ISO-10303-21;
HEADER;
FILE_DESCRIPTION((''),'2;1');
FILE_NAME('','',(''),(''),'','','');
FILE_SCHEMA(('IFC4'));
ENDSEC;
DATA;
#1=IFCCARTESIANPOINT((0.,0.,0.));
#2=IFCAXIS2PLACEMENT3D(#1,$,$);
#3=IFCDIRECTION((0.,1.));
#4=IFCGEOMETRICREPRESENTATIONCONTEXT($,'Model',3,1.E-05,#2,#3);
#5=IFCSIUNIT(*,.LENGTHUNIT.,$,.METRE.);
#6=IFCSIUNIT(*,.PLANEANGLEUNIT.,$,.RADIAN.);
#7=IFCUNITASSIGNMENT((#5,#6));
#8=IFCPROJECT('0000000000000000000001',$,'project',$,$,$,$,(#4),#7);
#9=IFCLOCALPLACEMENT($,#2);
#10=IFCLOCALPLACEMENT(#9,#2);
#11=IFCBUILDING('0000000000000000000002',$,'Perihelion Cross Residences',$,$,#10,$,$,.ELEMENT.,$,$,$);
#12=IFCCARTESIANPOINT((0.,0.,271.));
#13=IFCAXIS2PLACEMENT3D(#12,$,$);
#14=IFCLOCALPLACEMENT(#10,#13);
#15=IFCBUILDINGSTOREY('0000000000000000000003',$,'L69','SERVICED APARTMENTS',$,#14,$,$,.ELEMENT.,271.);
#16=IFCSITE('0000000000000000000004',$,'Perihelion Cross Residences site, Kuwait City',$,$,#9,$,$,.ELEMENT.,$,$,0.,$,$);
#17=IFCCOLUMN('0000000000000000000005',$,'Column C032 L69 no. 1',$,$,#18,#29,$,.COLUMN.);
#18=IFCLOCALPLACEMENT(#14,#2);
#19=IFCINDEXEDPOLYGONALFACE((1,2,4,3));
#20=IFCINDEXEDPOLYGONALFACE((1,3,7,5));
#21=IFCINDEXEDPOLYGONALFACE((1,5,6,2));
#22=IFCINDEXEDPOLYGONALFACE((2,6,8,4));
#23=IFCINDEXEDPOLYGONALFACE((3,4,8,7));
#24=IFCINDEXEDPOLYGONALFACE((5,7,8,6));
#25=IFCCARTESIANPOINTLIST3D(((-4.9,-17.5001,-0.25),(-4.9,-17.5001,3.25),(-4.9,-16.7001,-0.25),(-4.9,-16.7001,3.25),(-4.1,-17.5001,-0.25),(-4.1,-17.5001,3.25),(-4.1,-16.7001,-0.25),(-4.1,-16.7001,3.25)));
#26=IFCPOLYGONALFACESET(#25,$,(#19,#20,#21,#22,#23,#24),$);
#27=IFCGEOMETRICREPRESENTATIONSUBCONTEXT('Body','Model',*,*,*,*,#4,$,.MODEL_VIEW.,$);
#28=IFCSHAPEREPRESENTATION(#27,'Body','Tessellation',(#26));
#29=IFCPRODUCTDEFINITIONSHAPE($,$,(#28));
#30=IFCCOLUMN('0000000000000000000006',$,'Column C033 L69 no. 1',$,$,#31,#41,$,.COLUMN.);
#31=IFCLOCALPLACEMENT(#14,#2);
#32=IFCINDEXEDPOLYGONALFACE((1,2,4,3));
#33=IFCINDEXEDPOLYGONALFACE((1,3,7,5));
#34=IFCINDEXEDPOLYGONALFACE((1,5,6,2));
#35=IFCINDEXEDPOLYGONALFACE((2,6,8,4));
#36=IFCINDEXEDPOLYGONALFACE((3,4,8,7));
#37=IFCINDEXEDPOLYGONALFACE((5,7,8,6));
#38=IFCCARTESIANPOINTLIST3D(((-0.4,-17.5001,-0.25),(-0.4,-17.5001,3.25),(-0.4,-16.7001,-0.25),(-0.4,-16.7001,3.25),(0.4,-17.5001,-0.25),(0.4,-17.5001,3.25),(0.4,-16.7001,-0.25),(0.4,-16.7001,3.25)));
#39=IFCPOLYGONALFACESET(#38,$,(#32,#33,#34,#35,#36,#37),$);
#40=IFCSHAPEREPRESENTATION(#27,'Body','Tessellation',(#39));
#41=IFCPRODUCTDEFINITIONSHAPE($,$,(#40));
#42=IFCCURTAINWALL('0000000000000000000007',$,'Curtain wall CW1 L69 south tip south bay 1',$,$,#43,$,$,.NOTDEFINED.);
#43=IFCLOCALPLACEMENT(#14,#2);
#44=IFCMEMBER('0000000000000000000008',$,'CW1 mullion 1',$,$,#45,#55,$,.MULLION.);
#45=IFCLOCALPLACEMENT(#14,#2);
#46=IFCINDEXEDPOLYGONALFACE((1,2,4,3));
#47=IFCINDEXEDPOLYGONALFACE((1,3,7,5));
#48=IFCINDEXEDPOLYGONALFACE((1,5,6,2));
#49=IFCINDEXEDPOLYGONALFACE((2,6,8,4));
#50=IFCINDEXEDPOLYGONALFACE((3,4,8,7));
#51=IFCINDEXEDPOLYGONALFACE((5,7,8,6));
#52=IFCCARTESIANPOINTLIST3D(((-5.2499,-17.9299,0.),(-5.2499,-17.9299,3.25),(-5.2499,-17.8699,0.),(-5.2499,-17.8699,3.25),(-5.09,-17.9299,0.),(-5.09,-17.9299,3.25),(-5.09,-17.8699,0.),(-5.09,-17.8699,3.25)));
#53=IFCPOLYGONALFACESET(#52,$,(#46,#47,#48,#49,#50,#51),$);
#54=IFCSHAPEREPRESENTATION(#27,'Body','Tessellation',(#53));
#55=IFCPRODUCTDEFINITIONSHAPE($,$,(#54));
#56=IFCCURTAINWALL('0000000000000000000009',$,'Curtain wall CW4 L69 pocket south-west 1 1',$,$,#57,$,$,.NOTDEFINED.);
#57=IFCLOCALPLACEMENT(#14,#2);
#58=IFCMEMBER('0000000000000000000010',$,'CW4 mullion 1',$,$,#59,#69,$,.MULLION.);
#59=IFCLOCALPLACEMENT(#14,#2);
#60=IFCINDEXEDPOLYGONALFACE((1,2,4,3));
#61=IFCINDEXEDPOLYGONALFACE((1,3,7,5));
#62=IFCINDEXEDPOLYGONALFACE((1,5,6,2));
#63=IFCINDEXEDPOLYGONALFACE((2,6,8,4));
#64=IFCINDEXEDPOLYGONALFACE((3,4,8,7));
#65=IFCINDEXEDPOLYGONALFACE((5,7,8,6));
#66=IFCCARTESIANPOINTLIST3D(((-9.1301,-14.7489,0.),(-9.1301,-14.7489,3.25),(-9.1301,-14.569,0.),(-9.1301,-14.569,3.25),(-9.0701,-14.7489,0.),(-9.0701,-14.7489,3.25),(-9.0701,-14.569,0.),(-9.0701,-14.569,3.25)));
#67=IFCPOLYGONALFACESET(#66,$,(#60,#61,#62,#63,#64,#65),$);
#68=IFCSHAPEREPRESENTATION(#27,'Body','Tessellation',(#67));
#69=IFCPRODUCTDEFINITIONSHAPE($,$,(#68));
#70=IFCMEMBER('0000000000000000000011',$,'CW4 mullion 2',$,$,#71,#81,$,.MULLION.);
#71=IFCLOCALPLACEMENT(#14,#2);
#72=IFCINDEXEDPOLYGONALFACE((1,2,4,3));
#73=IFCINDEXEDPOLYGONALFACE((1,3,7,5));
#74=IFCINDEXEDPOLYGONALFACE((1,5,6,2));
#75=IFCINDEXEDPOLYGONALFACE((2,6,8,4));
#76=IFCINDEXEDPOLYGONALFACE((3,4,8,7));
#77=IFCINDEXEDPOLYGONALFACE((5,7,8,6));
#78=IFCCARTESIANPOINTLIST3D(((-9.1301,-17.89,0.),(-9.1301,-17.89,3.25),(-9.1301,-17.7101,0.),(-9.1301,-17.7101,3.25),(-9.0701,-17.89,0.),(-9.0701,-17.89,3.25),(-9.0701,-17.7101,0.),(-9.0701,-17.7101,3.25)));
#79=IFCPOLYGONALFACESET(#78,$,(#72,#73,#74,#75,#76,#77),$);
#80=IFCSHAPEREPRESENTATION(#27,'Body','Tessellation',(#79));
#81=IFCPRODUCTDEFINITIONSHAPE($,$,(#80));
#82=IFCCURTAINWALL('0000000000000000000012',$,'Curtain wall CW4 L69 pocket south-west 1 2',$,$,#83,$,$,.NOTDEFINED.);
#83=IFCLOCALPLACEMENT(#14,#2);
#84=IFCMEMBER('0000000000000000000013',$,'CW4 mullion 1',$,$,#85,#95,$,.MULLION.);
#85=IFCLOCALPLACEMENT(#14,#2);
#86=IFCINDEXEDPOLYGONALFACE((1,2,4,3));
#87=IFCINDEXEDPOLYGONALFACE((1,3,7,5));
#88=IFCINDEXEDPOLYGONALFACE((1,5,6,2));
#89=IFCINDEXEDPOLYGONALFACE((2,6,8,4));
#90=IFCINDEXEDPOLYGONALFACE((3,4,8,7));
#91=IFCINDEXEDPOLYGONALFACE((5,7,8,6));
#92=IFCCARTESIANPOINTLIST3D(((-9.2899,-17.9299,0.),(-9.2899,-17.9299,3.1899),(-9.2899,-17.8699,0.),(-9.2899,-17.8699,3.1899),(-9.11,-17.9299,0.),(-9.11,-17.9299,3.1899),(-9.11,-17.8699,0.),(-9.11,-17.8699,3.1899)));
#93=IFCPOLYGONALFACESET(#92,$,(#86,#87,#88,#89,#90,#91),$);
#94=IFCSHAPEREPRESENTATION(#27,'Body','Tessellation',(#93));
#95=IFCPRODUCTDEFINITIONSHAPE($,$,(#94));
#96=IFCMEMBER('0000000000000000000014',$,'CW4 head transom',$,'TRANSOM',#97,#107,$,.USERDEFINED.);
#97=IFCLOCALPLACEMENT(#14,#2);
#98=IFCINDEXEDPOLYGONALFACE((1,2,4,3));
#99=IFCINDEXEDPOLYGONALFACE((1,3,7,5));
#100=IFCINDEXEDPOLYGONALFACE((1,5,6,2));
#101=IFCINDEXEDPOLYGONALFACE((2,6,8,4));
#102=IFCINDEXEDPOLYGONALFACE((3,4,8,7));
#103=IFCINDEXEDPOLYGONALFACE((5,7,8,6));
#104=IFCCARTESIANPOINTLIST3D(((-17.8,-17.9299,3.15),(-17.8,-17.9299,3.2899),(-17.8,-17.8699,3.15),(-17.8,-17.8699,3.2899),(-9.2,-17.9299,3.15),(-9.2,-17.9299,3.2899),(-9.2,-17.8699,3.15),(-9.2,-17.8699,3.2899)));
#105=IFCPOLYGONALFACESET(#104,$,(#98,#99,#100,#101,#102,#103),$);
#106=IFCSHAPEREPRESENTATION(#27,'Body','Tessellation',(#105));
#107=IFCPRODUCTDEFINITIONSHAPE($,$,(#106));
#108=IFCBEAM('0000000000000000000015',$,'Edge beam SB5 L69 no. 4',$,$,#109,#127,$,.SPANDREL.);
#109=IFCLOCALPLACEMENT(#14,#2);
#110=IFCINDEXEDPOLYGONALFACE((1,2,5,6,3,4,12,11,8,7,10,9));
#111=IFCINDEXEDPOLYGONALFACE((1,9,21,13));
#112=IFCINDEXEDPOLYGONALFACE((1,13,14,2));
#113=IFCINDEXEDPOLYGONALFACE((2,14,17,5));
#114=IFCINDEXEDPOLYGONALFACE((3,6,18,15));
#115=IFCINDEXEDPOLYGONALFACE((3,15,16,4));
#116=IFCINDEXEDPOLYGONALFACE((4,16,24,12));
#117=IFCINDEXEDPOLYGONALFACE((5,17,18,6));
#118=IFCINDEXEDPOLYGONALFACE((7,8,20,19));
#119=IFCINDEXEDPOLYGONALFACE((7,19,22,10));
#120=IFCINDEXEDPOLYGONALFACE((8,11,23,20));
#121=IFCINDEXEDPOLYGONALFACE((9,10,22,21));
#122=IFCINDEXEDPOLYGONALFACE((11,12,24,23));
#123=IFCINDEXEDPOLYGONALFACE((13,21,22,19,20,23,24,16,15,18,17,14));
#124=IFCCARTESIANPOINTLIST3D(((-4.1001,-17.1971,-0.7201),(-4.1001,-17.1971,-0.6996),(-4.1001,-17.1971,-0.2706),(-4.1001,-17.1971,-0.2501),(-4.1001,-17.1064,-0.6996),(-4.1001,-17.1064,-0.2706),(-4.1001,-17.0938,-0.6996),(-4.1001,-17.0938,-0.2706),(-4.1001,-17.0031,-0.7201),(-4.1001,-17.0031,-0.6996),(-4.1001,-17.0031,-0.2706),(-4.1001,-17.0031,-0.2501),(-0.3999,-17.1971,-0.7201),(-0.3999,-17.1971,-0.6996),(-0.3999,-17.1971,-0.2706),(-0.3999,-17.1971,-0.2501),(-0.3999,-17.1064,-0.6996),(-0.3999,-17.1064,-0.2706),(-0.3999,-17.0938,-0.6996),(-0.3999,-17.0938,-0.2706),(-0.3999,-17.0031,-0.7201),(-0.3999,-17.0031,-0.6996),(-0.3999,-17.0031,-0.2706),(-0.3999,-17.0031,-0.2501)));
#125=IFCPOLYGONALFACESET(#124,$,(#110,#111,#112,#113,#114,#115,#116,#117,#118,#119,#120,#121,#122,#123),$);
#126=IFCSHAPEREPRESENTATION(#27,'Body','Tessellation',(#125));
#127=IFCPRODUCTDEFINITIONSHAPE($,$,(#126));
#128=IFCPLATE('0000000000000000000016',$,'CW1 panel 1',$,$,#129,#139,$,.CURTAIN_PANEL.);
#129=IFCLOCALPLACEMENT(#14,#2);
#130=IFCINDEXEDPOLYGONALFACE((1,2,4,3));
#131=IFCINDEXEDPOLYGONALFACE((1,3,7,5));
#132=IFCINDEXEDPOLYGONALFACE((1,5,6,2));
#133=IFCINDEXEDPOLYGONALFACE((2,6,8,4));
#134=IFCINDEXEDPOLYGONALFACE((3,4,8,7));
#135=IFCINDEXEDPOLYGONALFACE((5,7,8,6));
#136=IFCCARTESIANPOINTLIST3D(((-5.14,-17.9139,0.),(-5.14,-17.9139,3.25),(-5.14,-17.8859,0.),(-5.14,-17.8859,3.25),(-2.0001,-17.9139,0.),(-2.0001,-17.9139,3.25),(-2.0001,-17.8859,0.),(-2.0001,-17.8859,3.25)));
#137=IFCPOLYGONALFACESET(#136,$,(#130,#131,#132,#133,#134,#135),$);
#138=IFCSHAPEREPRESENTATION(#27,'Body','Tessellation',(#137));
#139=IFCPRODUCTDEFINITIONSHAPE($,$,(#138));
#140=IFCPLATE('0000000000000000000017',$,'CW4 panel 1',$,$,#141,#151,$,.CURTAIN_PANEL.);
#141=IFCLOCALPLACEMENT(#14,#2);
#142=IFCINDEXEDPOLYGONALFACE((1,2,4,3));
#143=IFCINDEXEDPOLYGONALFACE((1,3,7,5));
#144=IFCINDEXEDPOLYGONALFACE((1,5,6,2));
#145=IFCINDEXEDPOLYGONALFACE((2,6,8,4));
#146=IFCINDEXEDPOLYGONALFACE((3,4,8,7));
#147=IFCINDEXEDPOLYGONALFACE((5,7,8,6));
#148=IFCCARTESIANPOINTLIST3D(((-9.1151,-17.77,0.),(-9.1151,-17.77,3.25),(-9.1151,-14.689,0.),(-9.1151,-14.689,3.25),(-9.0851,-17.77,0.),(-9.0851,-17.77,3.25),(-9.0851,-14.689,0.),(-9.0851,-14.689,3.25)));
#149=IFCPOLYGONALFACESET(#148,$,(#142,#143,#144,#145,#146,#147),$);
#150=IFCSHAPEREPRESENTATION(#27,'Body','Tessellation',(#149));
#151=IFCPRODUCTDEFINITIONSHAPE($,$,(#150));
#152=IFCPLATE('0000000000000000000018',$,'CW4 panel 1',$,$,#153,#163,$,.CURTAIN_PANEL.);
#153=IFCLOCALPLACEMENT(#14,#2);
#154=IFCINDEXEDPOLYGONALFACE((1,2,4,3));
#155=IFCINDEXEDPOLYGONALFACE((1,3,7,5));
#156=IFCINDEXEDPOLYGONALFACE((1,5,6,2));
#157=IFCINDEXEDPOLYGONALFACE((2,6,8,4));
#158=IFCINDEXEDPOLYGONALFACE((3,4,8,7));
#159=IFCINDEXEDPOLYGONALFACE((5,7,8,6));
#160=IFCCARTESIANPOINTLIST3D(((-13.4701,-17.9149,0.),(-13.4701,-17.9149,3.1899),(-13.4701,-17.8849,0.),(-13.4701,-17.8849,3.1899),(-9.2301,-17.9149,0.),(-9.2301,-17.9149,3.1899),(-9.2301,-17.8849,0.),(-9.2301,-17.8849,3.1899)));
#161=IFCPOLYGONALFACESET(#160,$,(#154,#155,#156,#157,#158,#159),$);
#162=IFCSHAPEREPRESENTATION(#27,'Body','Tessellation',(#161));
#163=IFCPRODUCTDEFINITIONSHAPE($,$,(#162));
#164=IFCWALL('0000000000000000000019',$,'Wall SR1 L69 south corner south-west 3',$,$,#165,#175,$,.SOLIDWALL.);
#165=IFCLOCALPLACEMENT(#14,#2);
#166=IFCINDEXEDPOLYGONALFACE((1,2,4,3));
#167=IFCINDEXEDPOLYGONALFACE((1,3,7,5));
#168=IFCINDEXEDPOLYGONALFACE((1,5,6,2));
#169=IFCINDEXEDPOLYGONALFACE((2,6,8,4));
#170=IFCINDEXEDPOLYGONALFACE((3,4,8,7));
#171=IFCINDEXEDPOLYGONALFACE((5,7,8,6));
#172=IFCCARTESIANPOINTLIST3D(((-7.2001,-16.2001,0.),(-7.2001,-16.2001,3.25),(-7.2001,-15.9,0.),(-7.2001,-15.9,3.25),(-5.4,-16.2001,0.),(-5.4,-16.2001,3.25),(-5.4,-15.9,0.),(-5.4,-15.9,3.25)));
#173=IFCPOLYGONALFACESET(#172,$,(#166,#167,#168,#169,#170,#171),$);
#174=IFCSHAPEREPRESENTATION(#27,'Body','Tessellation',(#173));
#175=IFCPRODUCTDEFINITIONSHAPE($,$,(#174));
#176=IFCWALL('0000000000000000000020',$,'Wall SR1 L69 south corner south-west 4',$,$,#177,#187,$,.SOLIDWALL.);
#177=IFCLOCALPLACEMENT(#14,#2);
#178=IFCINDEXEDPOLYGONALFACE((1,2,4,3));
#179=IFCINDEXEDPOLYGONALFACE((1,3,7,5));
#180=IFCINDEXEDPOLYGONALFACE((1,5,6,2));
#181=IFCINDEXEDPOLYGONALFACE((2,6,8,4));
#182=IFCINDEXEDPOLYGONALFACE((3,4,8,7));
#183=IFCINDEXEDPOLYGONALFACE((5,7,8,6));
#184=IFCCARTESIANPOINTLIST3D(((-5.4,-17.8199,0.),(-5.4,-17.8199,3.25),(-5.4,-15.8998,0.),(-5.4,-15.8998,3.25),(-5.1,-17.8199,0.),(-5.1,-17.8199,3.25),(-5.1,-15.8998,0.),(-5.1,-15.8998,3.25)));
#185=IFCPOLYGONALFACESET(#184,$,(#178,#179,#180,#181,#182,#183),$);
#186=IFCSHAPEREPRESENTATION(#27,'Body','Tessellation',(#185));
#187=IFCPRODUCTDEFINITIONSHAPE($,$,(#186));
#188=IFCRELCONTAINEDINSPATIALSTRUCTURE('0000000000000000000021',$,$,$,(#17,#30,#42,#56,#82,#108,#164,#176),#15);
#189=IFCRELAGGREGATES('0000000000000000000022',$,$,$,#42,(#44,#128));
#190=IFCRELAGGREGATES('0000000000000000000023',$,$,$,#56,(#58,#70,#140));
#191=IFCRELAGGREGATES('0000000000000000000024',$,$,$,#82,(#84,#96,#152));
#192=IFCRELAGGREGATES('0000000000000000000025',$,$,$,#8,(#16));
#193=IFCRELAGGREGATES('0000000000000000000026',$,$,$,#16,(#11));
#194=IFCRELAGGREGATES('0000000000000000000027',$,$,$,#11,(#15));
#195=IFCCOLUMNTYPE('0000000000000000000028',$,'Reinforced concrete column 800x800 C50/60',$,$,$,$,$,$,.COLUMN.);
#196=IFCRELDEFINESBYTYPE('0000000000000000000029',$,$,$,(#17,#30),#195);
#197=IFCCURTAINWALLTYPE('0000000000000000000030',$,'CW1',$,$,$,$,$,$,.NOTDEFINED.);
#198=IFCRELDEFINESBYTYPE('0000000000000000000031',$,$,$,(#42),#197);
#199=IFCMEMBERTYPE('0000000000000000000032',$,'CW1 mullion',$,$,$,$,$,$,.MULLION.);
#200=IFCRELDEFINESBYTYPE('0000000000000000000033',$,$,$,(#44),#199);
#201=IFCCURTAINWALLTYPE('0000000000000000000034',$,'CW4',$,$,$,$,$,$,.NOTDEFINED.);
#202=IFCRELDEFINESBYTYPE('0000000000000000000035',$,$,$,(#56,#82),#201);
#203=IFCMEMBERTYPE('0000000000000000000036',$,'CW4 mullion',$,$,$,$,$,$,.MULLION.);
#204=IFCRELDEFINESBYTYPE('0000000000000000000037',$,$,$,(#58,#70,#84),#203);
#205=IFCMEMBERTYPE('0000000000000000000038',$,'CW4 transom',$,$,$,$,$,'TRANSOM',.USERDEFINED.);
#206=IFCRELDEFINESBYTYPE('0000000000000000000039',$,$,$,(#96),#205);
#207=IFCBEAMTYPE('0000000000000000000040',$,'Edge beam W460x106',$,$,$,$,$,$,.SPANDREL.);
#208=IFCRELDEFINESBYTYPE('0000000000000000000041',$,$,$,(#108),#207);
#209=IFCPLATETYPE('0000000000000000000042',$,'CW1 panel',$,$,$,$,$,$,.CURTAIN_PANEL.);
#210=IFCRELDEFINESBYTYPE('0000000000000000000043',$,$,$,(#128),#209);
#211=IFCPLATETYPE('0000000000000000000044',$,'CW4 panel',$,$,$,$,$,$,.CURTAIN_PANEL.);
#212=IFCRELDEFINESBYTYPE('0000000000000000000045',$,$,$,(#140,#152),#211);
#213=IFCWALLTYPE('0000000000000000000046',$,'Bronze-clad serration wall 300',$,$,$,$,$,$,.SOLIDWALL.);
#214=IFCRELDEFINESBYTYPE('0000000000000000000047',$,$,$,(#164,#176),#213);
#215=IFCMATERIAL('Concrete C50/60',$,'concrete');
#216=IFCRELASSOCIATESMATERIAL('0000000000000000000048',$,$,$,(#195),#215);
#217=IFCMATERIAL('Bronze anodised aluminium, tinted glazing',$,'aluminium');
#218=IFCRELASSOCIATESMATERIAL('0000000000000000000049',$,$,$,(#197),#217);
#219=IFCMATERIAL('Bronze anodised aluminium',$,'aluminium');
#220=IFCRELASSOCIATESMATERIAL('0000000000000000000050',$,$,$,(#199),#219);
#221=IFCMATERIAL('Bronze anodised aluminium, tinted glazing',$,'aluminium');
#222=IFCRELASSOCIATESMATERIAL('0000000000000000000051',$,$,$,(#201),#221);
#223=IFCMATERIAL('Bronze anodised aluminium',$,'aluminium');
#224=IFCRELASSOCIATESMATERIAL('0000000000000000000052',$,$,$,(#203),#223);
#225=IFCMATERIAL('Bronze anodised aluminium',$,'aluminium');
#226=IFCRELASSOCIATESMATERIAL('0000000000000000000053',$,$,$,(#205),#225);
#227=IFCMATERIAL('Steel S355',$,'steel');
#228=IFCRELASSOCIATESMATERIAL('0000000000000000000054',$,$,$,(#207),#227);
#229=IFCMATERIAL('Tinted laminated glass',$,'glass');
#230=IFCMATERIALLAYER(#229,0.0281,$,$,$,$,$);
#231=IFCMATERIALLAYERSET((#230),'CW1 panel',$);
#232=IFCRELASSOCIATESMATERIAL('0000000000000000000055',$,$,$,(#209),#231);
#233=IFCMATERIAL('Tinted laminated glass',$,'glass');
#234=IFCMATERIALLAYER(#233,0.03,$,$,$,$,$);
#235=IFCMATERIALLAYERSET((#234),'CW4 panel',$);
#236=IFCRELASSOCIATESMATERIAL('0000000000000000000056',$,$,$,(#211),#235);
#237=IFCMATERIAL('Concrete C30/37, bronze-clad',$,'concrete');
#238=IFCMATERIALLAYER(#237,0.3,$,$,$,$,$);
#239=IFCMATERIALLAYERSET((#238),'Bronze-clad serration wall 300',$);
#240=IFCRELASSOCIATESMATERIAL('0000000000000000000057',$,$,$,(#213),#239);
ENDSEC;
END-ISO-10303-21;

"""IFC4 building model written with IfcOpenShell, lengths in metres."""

from ifc_helpers import new_model, si_unit, direction, frame, frame_2d, origin, origin_2d, place, context, subcontext, project, spatial, rectangle, i_section, extrude, material, layer, layer_set, material_profile, profile_set, type_object, element, aggregate, save


model = new_model("IFC4")

# Units and contexts
model_context = context("Model", 3, precision=1e-05, world=origin(), true_north=direction((0.0, 1.0)))
body_context = subcontext(model_context, "Body", "Model", "MODEL_VIEW")
ifc_project = project(units=[si_unit("LENGTHUNIT", "METRE"), si_unit("PLANEANGLEUNIT", "RADIAN")], contexts=[model_context])

# Site, building, storey
site_placement = place(None, origin())
site = spatial("IfcSite", under=ifc_project, at=site_placement, Name="Perihelion Cross Residences site, Kuwait City", CompositionType="ELEMENT", RefElevation=0.0)
building_placement = place(site_placement, origin())
building = spatial("IfcBuilding", under=site, at=building_placement, Name="Perihelion Cross Residences", CompositionType="ELEMENT")
storey_placement = place(building_placement, frame((0.0, 0.0, 271.0)))
storey = spatial("IfcBuildingStorey", under=building, at=storey_placement, Name="L69", Description="SERVICED APARTMENTS", CompositionType="ELEMENT", Elevation=271.0)

# Columns
ifc_material_1 = material(Name="Concrete C50/60", Category="concrete")
ifc_material_profile_1 = material_profile(ifc_material_1, rectangle(XDim=0.8, YDim=0.8, at=origin_2d()), Name="RC 800x800")
ifc_profile_set_1 = profile_set([ifc_material_profile_1], Name="Concrete C50/60")
column_type = type_object("IfcColumnType", Name="Reinforced concrete column 800x800 C50/60", PredefinedType="COLUMN", material=ifc_profile_set_1)
for number, where, z_axis, x_axis, name in (
    (1, (-4.5, -17.1001, -0.25), (0.0, 0.0, 1.0), (1.0, 0.0, 0.0), "Column C032 L69 no. 1"),
    (2, (0.0, -17.1001, -0.25), (0.0, 0.0, 1.0), (1.0, 0.0, 0.0), "Column C033 L69 no. 1"),
):
    element("IfcColumn", number, at=place(storey_placement, frame(where, z_axis=z_axis, x_axis=x_axis)), inside=storey, type_object=column_type, Name=name, PredefinedType="COLUMN", context=body_context, shape_type="SweptSolid", body=[
        extrude(rectangle(XDim=0.8, YDim=0.8, at=origin_2d()), origin(), (0.0, 0.0, 1.0), 3.5),
    ])

# Curtain wall, member
ifc_material_2 = material(Name="Bronze anodised aluminium, tinted glazing", Category="aluminium")
curtain_wall_type_1 = type_object("IfcCurtainWallType", Name="CW1", PredefinedType="NOTDEFINED", material=ifc_material_2)
curtain_wall_1_placement = place(storey_placement, origin())
curtain_wall_1 = element("IfcCurtainWall", 3, at=curtain_wall_1_placement, inside=storey, type_object=curtain_wall_type_1, Name="Curtain wall CW1 L69 south tip south bay 1", PredefinedType="NOTDEFINED")
ifc_material_3 = material(Name="Bronze anodised aluminium", Category="aluminium")
ifc_material_profile_2 = material_profile(ifc_material_3, rectangle(XDim=0.0601, YDim=0.1599, at=origin_2d()), Name="CW1 mullion")
ifc_profile_set_2 = profile_set([ifc_material_profile_2], Name="Bronze anodised aluminium")
member_type_1 = type_object("IfcMemberType", Name="CW1 mullion", PredefinedType="MULLION", material=ifc_profile_set_2)
member_1_placement = place(storey_placement, frame((-5.1699, -17.8999, 0.0), z_axis=(0.0, 0.0, 1.0), x_axis=(0.0, 1.0, 0.0)))
member_1 = element("IfcMember", 4, at=member_1_placement, type_object=member_type_1, Name="CW1 mullion 1", PredefinedType="MULLION", context=body_context, shape_type="SweptSolid", body=[
    extrude(rectangle(XDim=0.0601, YDim=0.1599, at=origin_2d()), origin(), (0.0, 0.0, 1.0), 3.25),
])

# Curtain walls, members
ifc_material_4 = material(Name="Bronze anodised aluminium, tinted glazing", Category="aluminium")
curtain_wall_type_2 = type_object("IfcCurtainWallType", Name="CW4", PredefinedType="NOTDEFINED", material=ifc_material_4)
curtain_wall_2_placement = place(storey_placement, origin())
curtain_wall_2 = element("IfcCurtainWall", 5, at=curtain_wall_2_placement, inside=storey, type_object=curtain_wall_type_2, Name="Curtain wall CW4 L69 pocket south-west 1 1", PredefinedType="NOTDEFINED")
ifc_material_5 = material(Name="Bronze anodised aluminium", Category="aluminium")
ifc_material_profile_3 = material_profile(ifc_material_5, rectangle(XDim=0.0601, YDim=0.1799, at=origin_2d()), Name="CW4 mullion")
ifc_profile_set_3 = profile_set([ifc_material_profile_3], Name="Bronze anodised aluminium")
member_type_2 = type_object("IfcMemberType", Name="CW4 mullion", PredefinedType="MULLION", material=ifc_profile_set_3)
member_2_placement = place(storey_placement, frame((-9.1001, -14.6589, 0.0), z_axis=(0.0, 0.0, 1.0), x_axis=(1.0, 0.0, 0.0)))
member_2 = element("IfcMember", 6, at=member_2_placement, type_object=member_type_2, Name="CW4 mullion 1", PredefinedType="MULLION", context=body_context, shape_type="SweptSolid", body=[
    extrude(rectangle(XDim=0.0601, YDim=0.1799, at=origin_2d()), origin(), (0.0, 0.0, 1.0), 3.25),
])
member_3_placement = place(storey_placement, frame((-9.1001, -17.8, 0.0), z_axis=(0.0, 0.0, 1.0), x_axis=(1.0, 0.0, 0.0)))
member_3 = element("IfcMember", 7, at=member_3_placement, type_object=member_type_2, Name="CW4 mullion 2", PredefinedType="MULLION", context=body_context, shape_type="SweptSolid", body=[
    extrude(rectangle(XDim=0.0601, YDim=0.1799, at=origin_2d()), origin(), (0.0, 0.0, 1.0), 3.25),
])
curtain_wall_3_placement = place(storey_placement, origin())
curtain_wall_3 = element("IfcCurtainWall", 8, at=curtain_wall_3_placement, inside=storey, type_object=curtain_wall_type_2, Name="Curtain wall CW4 L69 pocket south-west 1 2", PredefinedType="NOTDEFINED")
member_4_placement = place(storey_placement, frame((-9.2, -17.8999, 0.0), z_axis=(0.0, 0.0, 1.0), x_axis=(0.0, -1.0, 0.0)))
member_4 = element("IfcMember", 9, at=member_4_placement, type_object=member_type_2, Name="CW4 mullion 1", PredefinedType="MULLION", context=body_context, shape_type="SweptSolid", body=[
    extrude(rectangle(XDim=0.0601, YDim=0.1799, at=origin_2d()), origin(), (0.0, 0.0, 1.0), 3.1899),
])
ifc_material_6 = material(Name="Bronze anodised aluminium", Category="aluminium")
ifc_material_profile_4 = material_profile(ifc_material_6, rectangle(XDim=0.0601, YDim=0.1399, at=origin_2d()), Name="CW4 transom")
ifc_profile_set_4 = profile_set([ifc_material_profile_4], Name="Bronze anodised aluminium")
member_type_3 = type_object("IfcMemberType", Name="CW4 transom", ElementType="TRANSOM", PredefinedType="USERDEFINED", material=ifc_profile_set_4)
member_5_placement = place(storey_placement, frame((-9.2, -17.8999, 3.22), z_axis=(-1.0, 0.0, 0.0), x_axis=(0.0, -1.0, 0.0)))
member_5 = element("IfcMember", 10, at=member_5_placement, type_object=member_type_3, Name="CW4 head transom", ObjectType="TRANSOM", PredefinedType="USERDEFINED", context=body_context, shape_type="SweptSolid", body=[
    extrude(rectangle(XDim=0.0601, YDim=0.1399, at=origin_2d()), origin(), (0.0, 0.0, 1.0), 8.6001),
])

# Beam
ifc_material_7 = material(Name="Steel S355", Category="steel")
ifc_material_profile_5 = material_profile(ifc_material_7, i_section(OverallWidth=0.1941, OverallDepth=0.47, WebThickness=0.0127, FlangeThickness=0.0205, at=origin_2d()), Name="W460x106")
ifc_profile_set_5 = profile_set([ifc_material_profile_5], Name="Steel S355")
beam_type = type_object("IfcBeamType", Name="Edge beam W460x106", PredefinedType="SPANDREL", material=ifc_profile_set_5)
beam_placement = place(storey_placement, frame((-4.1001, -17.1001, -0.4851), z_axis=(1.0, 0.0, 0.0), x_axis=(0.0, 1.0, 0.0)))
element("IfcBeam", 11, at=beam_placement, inside=storey, type_object=beam_type, Name="Edge beam SB5 L69 no. 4", PredefinedType="SPANDREL", context=body_context, shape_type="SweptSolid", body=[
    extrude(i_section(OverallWidth=0.1941, OverallDepth=0.47, WebThickness=0.0127, FlangeThickness=0.0205, at=origin_2d()), origin(), (0.0, 0.0, 1.0), 3.7002),
])

# Plates
ifc_material_8 = material(Name="Tinted laminated glass", Category="glass")
ifc_layer_1 = layer(ifc_material_8, 0.0281)
ifc_layer_set_1 = layer_set([ifc_layer_1], Name="CW1 panel")
plate_type_1 = type_object("IfcPlateType", Name="CW1 panel", PredefinedType="CURTAIN_PANEL", material=ifc_layer_set_1)
plate_1_placement = place(storey_placement, frame((-3.5701, -17.8999, 0.0), z_axis=(0.0, 0.0, 1.0), x_axis=(1.0, 0.0, 0.0)))
plate_1 = element("IfcPlate", 12, at=plate_1_placement, type_object=plate_type_1, Name="CW1 panel 1", PredefinedType="CURTAIN_PANEL", context=body_context, shape_type="SweptSolid", body=[
    extrude(rectangle(XDim=3.1399, YDim=0.0281, at=origin_2d()), origin(), (0.0, 0.0, 1.0), 3.25),
])
aggregate(curtain_wall_1, [member_1, plate_1])
ifc_material_9 = material(Name="Tinted laminated glass", Category="glass")
ifc_layer_2 = layer(ifc_material_9, 0.03)
ifc_layer_set_2 = layer_set([ifc_layer_2], Name="CW4 panel")
plate_type_2 = type_object("IfcPlateType", Name="CW4 panel", PredefinedType="CURTAIN_PANEL", material=ifc_layer_set_2)
plate_2_placement = place(storey_placement, frame((-9.1001, -16.2295, 0.0), z_axis=(0.0, 0.0, 1.0), x_axis=(0.0, -1.0, 0.0)))
plate_2 = element("IfcPlate", 13, at=plate_2_placement, type_object=plate_type_2, Name="CW4 panel 1", PredefinedType="CURTAIN_PANEL", context=body_context, shape_type="SweptSolid", body=[
    extrude(rectangle(XDim=3.0811, YDim=0.03, at=origin_2d()), origin(), (0.0, 0.0, 1.0), 3.25),
])
aggregate(curtain_wall_2, [member_2, member_3, plate_2])
plate_3_placement = place(storey_placement, frame((-11.3501, -17.8999, 0.0), z_axis=(0.0, 0.0, 1.0), x_axis=(-1.0, 0.0, 0.0)))
plate_3 = element("IfcPlate", 14, at=plate_3_placement, type_object=plate_type_2, Name="CW4 panel 1", PredefinedType="CURTAIN_PANEL", context=body_context, shape_type="SweptSolid", body=[
    extrude(rectangle(XDim=4.24, YDim=0.03, at=origin_2d()), origin(), (0.0, 0.0, 1.0), 3.1899),
])
aggregate(curtain_wall_3, [member_4, member_5, plate_3])

# Walls
ifc_material_10 = material(Name="Concrete C30/37, bronze-clad", Category="concrete")
ifc_layer_3 = layer(ifc_material_10, 0.3)
ifc_layer_set_3 = layer_set([ifc_layer_3], Name="Bronze-clad serration wall 300")
wall_type_1 = type_object("IfcWallType", Name="Bronze-clad serration wall 300", PredefinedType="SOLIDWALL", material=ifc_layer_set_3)
wall_1_placement = place(storey_placement, frame((-7.2, -16.05, 0.0), z_axis=(0.0, 0.0, 1.0), x_axis=(1.0, 0.0, 0.0)))
element("IfcWall", 15, at=wall_1_placement, inside=storey, type_object=wall_type_1, Name="Wall SR1 L69 south corner south-west 3", PredefinedType="SOLIDWALL", context=body_context, shape_type="SweptSolid", body=[
    extrude(rectangle(XDim=1.8, YDim=0.3, at=frame_2d((0.8999, 0.0))), origin(), (0.0, 0.0, 1.0), 3.25),
])
wall_2_placement = place(storey_placement, frame((-5.25, -15.8999, 0.0), z_axis=(0.0, 0.0, 1.0), x_axis=(0.0, -1.0, 0.0)))
element("IfcWall", 16, at=wall_2_placement, inside=storey, type_object=wall_type_1, Name="Wall SR1 L69 south corner south-west 4", PredefinedType="SOLIDWALL", context=body_context, shape_type="SweptSolid", body=[
    extrude(rectangle(XDim=1.9202, YDim=0.3, at=frame_2d((0.96, 0.0))), origin(), (0.0, 0.0, 1.0), 3.25),
])

save(model, "model.ifc")
